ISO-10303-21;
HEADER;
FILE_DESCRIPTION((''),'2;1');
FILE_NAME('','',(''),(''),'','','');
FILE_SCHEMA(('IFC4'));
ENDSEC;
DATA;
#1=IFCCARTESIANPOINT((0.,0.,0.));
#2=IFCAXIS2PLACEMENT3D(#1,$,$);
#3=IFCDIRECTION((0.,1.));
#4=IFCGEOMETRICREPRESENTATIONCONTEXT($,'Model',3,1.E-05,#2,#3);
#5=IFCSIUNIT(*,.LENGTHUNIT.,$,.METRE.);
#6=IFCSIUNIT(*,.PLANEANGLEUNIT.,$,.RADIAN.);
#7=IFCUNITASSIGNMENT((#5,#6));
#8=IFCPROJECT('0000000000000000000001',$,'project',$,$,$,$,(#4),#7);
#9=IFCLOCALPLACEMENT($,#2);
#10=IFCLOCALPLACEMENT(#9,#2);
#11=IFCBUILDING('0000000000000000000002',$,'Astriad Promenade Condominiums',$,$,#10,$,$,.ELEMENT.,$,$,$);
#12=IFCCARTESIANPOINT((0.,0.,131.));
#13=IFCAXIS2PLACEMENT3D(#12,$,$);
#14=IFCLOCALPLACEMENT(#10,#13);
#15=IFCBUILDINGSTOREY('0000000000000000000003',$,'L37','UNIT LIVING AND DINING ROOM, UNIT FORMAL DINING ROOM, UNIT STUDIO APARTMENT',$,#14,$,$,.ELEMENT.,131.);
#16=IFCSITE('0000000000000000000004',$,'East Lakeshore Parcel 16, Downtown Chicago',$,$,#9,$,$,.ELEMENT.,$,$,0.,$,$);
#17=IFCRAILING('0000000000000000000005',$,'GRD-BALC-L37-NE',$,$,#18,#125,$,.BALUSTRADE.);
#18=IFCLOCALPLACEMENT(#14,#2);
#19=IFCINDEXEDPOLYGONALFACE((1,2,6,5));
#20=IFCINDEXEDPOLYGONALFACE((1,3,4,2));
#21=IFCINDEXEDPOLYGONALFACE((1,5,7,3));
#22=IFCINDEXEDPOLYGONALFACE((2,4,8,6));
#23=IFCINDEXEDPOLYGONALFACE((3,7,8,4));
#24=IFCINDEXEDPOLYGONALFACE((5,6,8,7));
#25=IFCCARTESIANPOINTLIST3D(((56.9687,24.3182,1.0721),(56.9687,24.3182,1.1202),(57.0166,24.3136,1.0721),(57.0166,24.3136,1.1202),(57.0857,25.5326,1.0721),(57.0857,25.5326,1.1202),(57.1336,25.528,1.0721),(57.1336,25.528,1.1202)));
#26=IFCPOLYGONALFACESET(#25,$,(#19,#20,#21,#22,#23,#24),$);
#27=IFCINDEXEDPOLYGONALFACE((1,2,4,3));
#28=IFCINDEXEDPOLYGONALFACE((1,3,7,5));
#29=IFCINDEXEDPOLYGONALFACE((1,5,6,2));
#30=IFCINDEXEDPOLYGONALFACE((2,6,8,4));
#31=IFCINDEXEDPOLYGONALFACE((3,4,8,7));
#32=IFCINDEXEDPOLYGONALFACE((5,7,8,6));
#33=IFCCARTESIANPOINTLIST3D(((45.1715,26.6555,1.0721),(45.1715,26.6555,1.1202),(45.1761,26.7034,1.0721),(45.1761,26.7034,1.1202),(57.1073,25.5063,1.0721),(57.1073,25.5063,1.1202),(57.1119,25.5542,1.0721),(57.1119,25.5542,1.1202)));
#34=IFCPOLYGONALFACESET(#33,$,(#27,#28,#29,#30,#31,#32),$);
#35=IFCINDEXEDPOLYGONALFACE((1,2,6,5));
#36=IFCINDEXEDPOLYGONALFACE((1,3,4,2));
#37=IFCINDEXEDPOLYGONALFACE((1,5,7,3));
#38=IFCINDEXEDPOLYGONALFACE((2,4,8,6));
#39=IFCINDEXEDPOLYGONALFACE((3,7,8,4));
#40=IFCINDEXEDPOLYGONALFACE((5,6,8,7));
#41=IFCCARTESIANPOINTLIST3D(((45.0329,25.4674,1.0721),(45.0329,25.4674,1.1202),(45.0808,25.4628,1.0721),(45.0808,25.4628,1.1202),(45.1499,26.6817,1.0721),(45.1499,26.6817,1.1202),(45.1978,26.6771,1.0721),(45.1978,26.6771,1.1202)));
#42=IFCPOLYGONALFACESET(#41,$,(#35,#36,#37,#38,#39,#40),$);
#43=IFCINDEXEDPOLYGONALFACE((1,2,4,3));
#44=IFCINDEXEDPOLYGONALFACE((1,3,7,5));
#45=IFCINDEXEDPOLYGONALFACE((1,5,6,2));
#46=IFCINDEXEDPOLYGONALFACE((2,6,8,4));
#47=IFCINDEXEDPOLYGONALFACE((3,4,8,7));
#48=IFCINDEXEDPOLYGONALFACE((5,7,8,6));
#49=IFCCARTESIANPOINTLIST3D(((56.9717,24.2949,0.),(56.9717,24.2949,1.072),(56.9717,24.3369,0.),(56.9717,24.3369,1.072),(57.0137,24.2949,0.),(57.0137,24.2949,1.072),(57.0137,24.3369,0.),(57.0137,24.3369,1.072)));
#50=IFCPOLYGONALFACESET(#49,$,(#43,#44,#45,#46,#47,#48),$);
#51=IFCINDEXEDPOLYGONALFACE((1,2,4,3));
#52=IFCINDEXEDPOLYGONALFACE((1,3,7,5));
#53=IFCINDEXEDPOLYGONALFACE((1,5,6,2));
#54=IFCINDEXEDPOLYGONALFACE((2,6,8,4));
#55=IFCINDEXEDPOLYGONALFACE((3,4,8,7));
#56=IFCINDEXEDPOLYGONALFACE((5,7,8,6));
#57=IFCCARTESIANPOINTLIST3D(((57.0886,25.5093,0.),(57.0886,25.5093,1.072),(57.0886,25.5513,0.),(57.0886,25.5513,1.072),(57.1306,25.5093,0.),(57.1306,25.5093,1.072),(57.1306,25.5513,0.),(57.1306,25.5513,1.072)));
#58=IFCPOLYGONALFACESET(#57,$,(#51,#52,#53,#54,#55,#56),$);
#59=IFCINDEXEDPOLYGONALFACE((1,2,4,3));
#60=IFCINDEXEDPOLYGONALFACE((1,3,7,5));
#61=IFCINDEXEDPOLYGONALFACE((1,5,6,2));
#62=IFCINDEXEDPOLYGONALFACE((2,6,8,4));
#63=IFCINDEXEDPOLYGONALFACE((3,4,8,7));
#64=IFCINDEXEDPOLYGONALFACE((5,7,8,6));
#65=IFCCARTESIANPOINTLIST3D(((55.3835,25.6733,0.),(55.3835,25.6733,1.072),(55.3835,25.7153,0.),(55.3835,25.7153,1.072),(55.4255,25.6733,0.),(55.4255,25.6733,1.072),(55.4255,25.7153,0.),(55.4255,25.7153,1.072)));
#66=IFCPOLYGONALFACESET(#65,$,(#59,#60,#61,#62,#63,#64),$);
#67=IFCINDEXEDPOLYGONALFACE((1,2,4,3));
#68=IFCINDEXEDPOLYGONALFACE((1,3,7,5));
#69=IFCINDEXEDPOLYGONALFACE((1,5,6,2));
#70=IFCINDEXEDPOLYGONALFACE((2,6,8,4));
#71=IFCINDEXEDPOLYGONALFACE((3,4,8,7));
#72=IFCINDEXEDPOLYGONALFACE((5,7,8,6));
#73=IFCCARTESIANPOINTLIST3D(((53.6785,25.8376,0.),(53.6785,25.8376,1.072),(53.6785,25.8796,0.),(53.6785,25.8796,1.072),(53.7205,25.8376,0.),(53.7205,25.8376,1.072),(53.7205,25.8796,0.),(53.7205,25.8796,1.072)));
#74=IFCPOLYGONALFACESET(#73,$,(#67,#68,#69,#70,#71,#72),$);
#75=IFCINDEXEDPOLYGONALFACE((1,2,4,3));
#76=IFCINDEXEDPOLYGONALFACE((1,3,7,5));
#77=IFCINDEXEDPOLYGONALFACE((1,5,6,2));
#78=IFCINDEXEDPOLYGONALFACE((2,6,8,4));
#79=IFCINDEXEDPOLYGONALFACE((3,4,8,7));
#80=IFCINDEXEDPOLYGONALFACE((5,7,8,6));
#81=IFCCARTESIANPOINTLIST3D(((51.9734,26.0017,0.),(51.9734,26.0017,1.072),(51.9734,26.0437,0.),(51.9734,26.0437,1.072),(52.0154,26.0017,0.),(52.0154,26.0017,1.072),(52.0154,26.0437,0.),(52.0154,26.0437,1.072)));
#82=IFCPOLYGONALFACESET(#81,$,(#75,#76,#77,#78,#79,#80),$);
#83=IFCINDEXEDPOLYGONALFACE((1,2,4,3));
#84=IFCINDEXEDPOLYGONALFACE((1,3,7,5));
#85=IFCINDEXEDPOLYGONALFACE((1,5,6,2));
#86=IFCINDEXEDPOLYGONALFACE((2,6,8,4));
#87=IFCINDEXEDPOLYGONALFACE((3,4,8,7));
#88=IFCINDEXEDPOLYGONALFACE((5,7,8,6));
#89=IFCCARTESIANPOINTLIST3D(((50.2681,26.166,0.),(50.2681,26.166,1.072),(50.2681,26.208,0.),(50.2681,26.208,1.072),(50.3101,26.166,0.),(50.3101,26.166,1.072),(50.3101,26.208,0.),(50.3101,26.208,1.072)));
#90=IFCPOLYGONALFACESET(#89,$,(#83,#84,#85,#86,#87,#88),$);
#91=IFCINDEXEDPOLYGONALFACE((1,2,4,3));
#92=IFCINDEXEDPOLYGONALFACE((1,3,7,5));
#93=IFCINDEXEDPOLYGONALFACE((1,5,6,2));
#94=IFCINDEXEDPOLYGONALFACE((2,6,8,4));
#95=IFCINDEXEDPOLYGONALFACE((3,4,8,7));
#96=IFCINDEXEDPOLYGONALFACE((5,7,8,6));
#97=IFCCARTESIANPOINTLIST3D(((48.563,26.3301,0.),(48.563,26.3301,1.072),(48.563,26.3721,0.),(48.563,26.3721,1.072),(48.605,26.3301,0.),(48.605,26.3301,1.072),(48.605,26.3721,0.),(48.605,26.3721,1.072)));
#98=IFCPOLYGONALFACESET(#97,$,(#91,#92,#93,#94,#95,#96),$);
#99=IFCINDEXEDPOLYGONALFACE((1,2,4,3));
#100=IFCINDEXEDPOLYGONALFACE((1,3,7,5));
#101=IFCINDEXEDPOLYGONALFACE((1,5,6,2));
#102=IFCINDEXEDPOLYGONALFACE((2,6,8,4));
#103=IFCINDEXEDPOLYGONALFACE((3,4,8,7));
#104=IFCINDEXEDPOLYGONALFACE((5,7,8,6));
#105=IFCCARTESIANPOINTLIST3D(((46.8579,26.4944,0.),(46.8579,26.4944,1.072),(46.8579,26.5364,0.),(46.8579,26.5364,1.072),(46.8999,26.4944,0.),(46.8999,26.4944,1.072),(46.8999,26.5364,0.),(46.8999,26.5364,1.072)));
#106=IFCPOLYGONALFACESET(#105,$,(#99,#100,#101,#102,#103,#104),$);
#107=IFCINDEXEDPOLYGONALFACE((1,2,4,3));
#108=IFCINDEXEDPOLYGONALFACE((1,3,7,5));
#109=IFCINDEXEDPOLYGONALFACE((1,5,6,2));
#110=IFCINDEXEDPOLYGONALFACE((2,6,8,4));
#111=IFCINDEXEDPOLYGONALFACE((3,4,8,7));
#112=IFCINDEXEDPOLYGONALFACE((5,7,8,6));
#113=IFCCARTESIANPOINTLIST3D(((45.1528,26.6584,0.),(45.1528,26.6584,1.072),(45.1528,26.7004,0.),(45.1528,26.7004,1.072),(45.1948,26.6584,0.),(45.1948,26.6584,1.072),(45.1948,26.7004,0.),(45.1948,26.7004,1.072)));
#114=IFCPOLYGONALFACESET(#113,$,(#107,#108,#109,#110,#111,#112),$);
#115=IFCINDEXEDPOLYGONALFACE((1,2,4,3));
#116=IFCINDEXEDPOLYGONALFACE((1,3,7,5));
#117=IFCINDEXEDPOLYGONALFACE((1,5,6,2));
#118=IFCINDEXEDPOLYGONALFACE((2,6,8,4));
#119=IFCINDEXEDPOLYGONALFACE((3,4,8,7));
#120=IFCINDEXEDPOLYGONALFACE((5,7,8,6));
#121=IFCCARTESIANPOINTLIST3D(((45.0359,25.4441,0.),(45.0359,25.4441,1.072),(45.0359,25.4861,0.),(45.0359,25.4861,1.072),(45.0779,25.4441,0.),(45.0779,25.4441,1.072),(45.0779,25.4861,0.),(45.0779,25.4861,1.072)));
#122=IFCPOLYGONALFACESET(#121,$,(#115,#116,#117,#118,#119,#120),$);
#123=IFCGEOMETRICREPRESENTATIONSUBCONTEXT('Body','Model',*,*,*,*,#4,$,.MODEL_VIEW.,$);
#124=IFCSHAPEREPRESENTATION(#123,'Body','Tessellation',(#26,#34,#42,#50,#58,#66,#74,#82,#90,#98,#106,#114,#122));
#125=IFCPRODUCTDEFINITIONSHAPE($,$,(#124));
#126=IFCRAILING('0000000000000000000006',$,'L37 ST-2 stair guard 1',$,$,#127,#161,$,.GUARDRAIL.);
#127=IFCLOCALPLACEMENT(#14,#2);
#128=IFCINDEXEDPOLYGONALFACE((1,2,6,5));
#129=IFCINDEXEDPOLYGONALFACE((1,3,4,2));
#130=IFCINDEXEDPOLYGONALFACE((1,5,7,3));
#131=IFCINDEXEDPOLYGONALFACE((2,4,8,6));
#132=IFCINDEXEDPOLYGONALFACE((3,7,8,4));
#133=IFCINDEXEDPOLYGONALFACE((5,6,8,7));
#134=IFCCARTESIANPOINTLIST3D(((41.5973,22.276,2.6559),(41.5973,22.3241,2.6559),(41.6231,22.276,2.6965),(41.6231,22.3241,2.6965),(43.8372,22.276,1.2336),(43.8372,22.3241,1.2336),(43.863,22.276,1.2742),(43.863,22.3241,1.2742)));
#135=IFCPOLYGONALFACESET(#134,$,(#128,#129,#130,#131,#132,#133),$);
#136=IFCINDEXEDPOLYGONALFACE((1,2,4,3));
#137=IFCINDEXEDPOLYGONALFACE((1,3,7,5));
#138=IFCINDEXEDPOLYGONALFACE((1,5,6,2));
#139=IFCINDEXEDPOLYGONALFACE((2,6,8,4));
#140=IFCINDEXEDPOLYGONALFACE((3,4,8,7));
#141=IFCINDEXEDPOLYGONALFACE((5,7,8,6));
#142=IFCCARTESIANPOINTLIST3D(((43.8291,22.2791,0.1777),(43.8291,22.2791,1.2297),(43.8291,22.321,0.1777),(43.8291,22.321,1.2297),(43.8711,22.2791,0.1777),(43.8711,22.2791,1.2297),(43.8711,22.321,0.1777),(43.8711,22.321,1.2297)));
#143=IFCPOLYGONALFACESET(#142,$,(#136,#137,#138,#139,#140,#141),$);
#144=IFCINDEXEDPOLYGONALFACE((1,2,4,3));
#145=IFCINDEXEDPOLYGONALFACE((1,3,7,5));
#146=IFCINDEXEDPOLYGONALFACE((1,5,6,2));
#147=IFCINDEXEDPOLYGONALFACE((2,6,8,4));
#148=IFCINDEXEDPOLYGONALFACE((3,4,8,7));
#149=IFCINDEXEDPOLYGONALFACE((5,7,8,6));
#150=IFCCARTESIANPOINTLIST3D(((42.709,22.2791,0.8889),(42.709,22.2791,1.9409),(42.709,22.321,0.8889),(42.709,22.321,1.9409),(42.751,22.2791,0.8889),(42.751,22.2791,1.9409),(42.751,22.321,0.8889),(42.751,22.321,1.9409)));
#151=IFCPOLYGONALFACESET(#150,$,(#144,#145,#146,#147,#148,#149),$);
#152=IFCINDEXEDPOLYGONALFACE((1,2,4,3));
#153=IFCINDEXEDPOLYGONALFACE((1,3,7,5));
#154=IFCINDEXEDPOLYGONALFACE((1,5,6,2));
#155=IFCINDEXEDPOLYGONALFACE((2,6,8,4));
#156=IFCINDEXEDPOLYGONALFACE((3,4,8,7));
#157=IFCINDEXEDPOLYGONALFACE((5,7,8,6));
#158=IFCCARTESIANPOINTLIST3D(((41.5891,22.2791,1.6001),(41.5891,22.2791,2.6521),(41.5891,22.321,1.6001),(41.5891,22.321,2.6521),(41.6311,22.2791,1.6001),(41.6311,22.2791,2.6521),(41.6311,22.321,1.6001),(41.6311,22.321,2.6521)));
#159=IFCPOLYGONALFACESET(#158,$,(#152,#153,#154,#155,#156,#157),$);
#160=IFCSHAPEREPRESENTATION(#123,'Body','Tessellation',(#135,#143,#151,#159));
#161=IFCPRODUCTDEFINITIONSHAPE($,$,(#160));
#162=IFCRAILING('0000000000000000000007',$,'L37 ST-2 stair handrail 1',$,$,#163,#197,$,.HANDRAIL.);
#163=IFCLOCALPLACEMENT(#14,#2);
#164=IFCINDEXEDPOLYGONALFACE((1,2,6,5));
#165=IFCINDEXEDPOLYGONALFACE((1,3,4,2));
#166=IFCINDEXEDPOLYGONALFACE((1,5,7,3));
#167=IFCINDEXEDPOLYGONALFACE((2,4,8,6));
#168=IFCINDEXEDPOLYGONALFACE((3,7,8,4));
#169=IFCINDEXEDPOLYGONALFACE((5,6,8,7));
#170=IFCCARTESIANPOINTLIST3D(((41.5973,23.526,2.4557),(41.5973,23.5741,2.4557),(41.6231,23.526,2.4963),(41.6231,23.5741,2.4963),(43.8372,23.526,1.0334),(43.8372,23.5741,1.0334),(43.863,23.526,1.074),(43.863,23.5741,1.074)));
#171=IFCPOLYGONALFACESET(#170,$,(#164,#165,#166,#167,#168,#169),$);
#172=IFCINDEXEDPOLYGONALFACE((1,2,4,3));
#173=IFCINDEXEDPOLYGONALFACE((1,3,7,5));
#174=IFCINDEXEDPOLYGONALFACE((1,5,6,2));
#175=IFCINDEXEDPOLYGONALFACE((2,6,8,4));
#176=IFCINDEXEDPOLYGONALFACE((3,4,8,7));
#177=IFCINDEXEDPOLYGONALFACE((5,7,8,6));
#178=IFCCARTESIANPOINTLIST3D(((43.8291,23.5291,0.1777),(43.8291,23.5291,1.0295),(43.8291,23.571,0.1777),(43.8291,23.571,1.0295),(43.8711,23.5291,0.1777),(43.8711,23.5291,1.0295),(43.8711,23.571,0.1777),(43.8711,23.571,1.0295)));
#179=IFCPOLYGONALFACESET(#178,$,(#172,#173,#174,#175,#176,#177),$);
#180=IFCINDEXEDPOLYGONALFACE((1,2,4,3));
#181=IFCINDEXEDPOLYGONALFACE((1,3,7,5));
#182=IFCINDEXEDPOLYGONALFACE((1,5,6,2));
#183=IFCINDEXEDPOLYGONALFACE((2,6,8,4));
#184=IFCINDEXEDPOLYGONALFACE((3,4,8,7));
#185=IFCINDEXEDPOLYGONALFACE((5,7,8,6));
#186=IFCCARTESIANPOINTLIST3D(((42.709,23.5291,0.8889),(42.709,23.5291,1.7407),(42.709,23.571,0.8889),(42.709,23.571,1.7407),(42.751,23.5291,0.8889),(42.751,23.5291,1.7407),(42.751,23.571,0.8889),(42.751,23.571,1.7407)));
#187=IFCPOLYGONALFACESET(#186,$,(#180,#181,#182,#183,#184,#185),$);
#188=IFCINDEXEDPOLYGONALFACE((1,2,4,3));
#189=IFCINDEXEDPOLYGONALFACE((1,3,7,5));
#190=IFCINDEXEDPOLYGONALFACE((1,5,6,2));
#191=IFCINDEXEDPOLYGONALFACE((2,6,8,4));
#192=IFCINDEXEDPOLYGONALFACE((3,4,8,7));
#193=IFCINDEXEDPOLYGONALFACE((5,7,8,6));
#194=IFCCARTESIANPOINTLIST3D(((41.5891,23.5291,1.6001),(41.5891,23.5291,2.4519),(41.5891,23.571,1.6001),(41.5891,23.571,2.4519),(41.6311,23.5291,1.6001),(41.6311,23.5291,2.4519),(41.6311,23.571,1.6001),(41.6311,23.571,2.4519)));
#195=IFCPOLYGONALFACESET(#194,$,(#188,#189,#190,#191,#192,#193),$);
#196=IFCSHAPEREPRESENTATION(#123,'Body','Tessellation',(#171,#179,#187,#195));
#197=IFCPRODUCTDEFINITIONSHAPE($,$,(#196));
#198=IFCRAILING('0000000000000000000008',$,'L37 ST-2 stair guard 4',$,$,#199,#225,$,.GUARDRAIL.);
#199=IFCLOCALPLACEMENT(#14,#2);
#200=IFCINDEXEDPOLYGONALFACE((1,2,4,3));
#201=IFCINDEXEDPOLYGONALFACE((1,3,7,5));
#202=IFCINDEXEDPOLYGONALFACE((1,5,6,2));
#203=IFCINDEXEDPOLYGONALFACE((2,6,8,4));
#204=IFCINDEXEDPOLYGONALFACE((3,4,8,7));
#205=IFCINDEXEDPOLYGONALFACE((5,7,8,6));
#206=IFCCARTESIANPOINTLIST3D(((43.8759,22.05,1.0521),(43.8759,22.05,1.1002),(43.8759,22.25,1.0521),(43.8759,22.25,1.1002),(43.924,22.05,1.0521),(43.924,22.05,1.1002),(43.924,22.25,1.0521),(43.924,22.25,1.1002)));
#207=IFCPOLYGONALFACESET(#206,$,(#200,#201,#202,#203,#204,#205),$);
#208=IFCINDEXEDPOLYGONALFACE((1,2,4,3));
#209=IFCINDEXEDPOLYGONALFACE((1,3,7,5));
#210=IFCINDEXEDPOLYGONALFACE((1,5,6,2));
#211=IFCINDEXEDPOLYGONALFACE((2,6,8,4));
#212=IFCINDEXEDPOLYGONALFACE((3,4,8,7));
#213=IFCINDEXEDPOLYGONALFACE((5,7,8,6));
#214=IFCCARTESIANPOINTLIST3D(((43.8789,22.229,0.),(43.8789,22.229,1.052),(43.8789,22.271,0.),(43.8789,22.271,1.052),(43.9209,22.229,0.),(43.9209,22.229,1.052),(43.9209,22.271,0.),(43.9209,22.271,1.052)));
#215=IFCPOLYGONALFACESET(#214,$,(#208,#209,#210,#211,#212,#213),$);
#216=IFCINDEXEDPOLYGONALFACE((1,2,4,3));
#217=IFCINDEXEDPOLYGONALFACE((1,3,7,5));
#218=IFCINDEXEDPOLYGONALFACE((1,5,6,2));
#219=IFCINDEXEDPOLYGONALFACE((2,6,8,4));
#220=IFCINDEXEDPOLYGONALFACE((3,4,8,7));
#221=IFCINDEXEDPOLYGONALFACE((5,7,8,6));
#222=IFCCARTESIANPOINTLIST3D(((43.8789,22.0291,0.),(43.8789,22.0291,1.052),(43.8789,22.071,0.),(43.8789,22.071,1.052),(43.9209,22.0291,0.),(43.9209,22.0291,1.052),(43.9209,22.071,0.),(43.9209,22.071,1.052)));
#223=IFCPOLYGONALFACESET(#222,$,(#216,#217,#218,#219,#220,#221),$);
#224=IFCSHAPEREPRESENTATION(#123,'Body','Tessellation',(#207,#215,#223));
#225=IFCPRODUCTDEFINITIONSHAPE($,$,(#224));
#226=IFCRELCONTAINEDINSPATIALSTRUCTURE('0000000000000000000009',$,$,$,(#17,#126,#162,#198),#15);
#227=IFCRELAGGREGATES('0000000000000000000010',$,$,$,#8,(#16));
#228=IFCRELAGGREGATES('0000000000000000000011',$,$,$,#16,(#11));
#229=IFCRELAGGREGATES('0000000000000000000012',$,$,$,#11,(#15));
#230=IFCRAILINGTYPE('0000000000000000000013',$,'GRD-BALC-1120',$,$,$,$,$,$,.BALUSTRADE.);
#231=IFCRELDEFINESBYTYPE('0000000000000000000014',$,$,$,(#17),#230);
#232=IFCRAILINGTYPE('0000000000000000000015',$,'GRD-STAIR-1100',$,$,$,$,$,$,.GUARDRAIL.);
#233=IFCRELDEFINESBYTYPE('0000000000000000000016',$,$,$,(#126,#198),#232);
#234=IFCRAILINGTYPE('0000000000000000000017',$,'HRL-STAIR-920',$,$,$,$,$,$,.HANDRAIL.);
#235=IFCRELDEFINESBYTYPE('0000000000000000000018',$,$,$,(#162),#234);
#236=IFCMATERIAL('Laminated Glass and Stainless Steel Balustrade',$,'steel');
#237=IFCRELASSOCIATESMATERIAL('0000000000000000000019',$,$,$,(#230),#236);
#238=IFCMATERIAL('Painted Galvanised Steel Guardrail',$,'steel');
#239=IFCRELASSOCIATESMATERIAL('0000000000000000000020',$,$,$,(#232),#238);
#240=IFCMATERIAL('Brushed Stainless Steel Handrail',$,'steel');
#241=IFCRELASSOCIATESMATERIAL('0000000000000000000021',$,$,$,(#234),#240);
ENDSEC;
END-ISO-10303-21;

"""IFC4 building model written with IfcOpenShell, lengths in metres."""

from ifc_helpers import new_model, si_unit, direction, frame, origin, origin_2d, place, context, subcontext, project, spatial, rectangle, extrude, source, transform, mapped, material, type_object, type_shapes, element, save


model = new_model("IFC4")

# Units and contexts
model_context = context("Model", 3, precision=1e-05, world=origin(), true_north=direction((0.0, 1.0)))
body_context = subcontext(model_context, "Body", "Model", "MODEL_VIEW")
ifc_project = project(units=[si_unit("LENGTHUNIT", "METRE"), si_unit("PLANEANGLEUNIT", "RADIAN")], contexts=[model_context])

# Site, building, storey
site_placement = place(None, origin())
site = spatial("IfcSite", under=ifc_project, at=site_placement, Name="East Lakeshore Parcel 16, Downtown Chicago", CompositionType="ELEMENT", RefElevation=0.0)
building_placement = place(site_placement, origin())
building = spatial("IfcBuilding", under=site, at=building_placement, Name="Astriad Promenade Condominiums", CompositionType="ELEMENT")
storey_placement = place(building_placement, frame((0.0, 0.0, 131.0)))
storey = spatial("IfcBuildingStorey", under=building, at=storey_placement, Name="L37", Description="UNIT LIVING AND DINING ROOM, UNIT FORMAL DINING ROOM, UNIT STUDIO APARTMENT", CompositionType="ELEMENT", Elevation=131.0)

# Railings
ifc_material_1 = material(Name="Laminated Glass and Stainless Steel Balustrade", Category="steel")
railing_type_1 = type_object("IfcRailingType", Name="GRD-BALC-1120", PredefinedType="BALUSTRADE", material=ifc_material_1)
shared_shape_1 = source(origin(), body_context, "Body", "SweptSolid", [
    extrude(rectangle(XDim=0.0481, YDim=0.0481, at=origin_2d()), frame((0.0, 0.0, 1.0962), z_axis=(0.095857, 0.995395, 0.0), x_axis=(-0.995395, 0.095857, 0.0)), (0.0, 0.0, 1.0), 1.22),
    extrude(rectangle(XDim=0.0481, YDim=0.0481, at=origin_2d()), frame((0.1169, 1.2144, 1.0962), z_axis=(-0.995397, 0.095836, 0.0), x_axis=(-0.095836, -0.995397, 0.0)), (0.0, 0.0, 1.0), 11.991),
    extrude(rectangle(XDim=0.0481, YDim=0.0481, at=origin_2d()), frame((-11.8188, 2.3635, 1.0962), z_axis=(-0.095857, -0.995395, 0.0), x_axis=(0.995395, -0.095857, 0.0)), (0.0, 0.0, 1.0), 1.22),
    extrude(rectangle(XDim=0.042, YDim=0.042, at=origin_2d()), origin(), (0.0, 0.0, 1.0), 1.072),
    extrude(rectangle(XDim=0.042, YDim=0.042, at=origin_2d()), frame((0.1169, 1.2144, 0.0)), (0.0, 0.0, 1.0), 1.072),
    extrude(rectangle(XDim=0.042, YDim=0.042, at=origin_2d()), frame((-1.5881, 1.3784, 0.0)), (0.0, 0.0, 1.0), 1.072),
    extrude(rectangle(XDim=0.042, YDim=0.042, at=origin_2d()), frame((-3.2932, 1.5427, 0.0)), (0.0, 0.0, 1.0), 1.072),
    extrude(rectangle(XDim=0.042, YDim=0.042, at=origin_2d()), frame((-4.9983, 1.7068, 0.0)), (0.0, 0.0, 1.0), 1.072),
    extrude(rectangle(XDim=0.042, YDim=0.042, at=origin_2d()), frame((-6.7036, 1.8711, 0.0)), (0.0, 0.0, 1.0), 1.072),
    extrude(rectangle(XDim=0.042, YDim=0.042, at=origin_2d()), frame((-8.4087, 2.0352, 0.0)), (0.0, 0.0, 1.0), 1.072),
    extrude(rectangle(XDim=0.042, YDim=0.042, at=origin_2d()), frame((-10.1138, 2.1995, 0.0)), (0.0, 0.0, 1.0), 1.072),
    extrude(rectangle(XDim=0.042, YDim=0.042, at=origin_2d()), frame((-11.8188, 2.3635, 0.0)), (0.0, 0.0, 1.0), 1.072),
    extrude(rectangle(XDim=0.042, YDim=0.042, at=origin_2d()), frame((-11.9358, 1.1492, 0.0)), (0.0, 0.0, 1.0), 1.072),
])
type_shapes(railing_type_1, [shared_shape_1])
railing_1_placement = place(storey_placement, frame((56.9927, 24.3159, 0.0)))
element("IfcRailing", 1, at=railing_1_placement, inside=storey, type_object=railing_type_1, Name="GRD-BALC-L37-NE", PredefinedType="BALUSTRADE", context=body_context, shape_type="MappedRepresentation", body=[
    mapped(shared_shape_1, transform((0.0, 0.0, 0.0), scale=1.0)),
])
ifc_material_2 = material(Name="Painted Galvanised Steel Guardrail", Category="steel")
railing_type_2 = type_object("IfcRailingType", Name="GRD-STAIR-1100", PredefinedType="GUARDRAIL", material=ifc_material_2)
shared_shape_2 = source(origin(), body_context, "Body", "SweptSolid", [
    extrude(rectangle(XDim=0.0481, YDim=0.0481, at=origin_2d()), frame((0.0, 0.0, 1.0762), z_axis=(-0.844188, 0.0, 0.536048), x_axis=(0.0, -1.0, 0.0)), (0.0, 0.0, 1.0), 2.6533),
    extrude(rectangle(XDim=0.042, YDim=0.042, at=origin_2d()), origin(), (0.0, 0.0, 1.0), 1.052),
    extrude(rectangle(XDim=0.042, YDim=0.042, at=origin_2d()), frame((-1.1201, 0.0, 0.7112)), (0.0, 0.0, 1.0), 1.052),
    extrude(rectangle(XDim=0.042, YDim=0.042, at=origin_2d()), frame((-2.24, 0.0, 1.4224)), (0.0, 0.0, 1.0), 1.052),
])
railing_2_placement = place(storey_placement, frame((43.8501, 22.3, 0.1777)))
element("IfcRailing", 2, at=railing_2_placement, inside=storey, type_object=railing_type_2, Name="L37 ST-2 stair guard 1", PredefinedType="GUARDRAIL", context=body_context, shape_type="MappedRepresentation", body=[
    mapped(shared_shape_2, transform((0.0, 0.0, 0.0), scale=1.0)),
])
ifc_material_3 = material(Name="Brushed Stainless Steel Handrail", Category="steel")
railing_type_3 = type_object("IfcRailingType", Name="HRL-STAIR-920", PredefinedType="HANDRAIL", material=ifc_material_3)
shared_shape_3 = source(origin(), body_context, "Body", "SweptSolid", [
    extrude(rectangle(XDim=0.0481, YDim=0.0481, at=origin_2d()), frame((0.0, 0.0, 0.876), z_axis=(-0.844188, 0.0, 0.536048), x_axis=(0.0, -1.0, 0.0)), (0.0, 0.0, 1.0), 2.6533),
    extrude(rectangle(XDim=0.042, YDim=0.042, at=origin_2d()), origin(), (0.0, 0.0, 1.0), 0.8518),
    extrude(rectangle(XDim=0.042, YDim=0.042, at=origin_2d()), frame((-1.1201, 0.0, 0.7112)), (0.0, 0.0, 1.0), 0.8518),
    extrude(rectangle(XDim=0.042, YDim=0.042, at=origin_2d()), frame((-2.24, 0.0, 1.4224)), (0.0, 0.0, 1.0), 0.8518),
])
type_shapes(railing_type_3, [shared_shape_3])
railing_3_placement = place(storey_placement, frame((43.8501, 23.55, 0.1777)))
element("IfcRailing", 3, at=railing_3_placement, inside=storey, type_object=railing_type_3, Name="L37 ST-2 stair handrail 1", PredefinedType="HANDRAIL", context=body_context, shape_type="MappedRepresentation", body=[
    mapped(shared_shape_3, transform((0.0, 0.0, 0.0), scale=1.0)),
])
shared_shape_4 = source(origin(), body_context, "Body", "SweptSolid", [
    extrude(rectangle(XDim=0.0481, YDim=0.0481, at=origin_2d()), frame((0.0, 0.0, 1.0762), z_axis=(0.0, -1.0, 0.0), x_axis=(1.0, 0.0, 0.0)), (0.0, 0.0, 1.0), 0.2),
    extrude(rectangle(XDim=0.042, YDim=0.042, at=origin_2d()), origin(), (0.0, 0.0, 1.0), 1.052),
    extrude(rectangle(XDim=0.042, YDim=0.042, at=origin_2d()), frame((0.0, -0.2, 0.0)), (0.0, 0.0, 1.0), 1.052),
])
type_shapes(railing_type_2, [shared_shape_2, shared_shape_4])
railing_4_placement = place(storey_placement, frame((43.8999, 22.25, 0.0)))
element("IfcRailing", 4, at=railing_4_placement, inside=storey, type_object=railing_type_2, Name="L37 ST-2 stair guard 4", PredefinedType="GUARDRAIL", context=body_context, shape_type="MappedRepresentation", body=[
    mapped(shared_shape_4, transform((0.0, 0.0, 0.0), scale=1.0)),
])

save(model, "model.ifc")
